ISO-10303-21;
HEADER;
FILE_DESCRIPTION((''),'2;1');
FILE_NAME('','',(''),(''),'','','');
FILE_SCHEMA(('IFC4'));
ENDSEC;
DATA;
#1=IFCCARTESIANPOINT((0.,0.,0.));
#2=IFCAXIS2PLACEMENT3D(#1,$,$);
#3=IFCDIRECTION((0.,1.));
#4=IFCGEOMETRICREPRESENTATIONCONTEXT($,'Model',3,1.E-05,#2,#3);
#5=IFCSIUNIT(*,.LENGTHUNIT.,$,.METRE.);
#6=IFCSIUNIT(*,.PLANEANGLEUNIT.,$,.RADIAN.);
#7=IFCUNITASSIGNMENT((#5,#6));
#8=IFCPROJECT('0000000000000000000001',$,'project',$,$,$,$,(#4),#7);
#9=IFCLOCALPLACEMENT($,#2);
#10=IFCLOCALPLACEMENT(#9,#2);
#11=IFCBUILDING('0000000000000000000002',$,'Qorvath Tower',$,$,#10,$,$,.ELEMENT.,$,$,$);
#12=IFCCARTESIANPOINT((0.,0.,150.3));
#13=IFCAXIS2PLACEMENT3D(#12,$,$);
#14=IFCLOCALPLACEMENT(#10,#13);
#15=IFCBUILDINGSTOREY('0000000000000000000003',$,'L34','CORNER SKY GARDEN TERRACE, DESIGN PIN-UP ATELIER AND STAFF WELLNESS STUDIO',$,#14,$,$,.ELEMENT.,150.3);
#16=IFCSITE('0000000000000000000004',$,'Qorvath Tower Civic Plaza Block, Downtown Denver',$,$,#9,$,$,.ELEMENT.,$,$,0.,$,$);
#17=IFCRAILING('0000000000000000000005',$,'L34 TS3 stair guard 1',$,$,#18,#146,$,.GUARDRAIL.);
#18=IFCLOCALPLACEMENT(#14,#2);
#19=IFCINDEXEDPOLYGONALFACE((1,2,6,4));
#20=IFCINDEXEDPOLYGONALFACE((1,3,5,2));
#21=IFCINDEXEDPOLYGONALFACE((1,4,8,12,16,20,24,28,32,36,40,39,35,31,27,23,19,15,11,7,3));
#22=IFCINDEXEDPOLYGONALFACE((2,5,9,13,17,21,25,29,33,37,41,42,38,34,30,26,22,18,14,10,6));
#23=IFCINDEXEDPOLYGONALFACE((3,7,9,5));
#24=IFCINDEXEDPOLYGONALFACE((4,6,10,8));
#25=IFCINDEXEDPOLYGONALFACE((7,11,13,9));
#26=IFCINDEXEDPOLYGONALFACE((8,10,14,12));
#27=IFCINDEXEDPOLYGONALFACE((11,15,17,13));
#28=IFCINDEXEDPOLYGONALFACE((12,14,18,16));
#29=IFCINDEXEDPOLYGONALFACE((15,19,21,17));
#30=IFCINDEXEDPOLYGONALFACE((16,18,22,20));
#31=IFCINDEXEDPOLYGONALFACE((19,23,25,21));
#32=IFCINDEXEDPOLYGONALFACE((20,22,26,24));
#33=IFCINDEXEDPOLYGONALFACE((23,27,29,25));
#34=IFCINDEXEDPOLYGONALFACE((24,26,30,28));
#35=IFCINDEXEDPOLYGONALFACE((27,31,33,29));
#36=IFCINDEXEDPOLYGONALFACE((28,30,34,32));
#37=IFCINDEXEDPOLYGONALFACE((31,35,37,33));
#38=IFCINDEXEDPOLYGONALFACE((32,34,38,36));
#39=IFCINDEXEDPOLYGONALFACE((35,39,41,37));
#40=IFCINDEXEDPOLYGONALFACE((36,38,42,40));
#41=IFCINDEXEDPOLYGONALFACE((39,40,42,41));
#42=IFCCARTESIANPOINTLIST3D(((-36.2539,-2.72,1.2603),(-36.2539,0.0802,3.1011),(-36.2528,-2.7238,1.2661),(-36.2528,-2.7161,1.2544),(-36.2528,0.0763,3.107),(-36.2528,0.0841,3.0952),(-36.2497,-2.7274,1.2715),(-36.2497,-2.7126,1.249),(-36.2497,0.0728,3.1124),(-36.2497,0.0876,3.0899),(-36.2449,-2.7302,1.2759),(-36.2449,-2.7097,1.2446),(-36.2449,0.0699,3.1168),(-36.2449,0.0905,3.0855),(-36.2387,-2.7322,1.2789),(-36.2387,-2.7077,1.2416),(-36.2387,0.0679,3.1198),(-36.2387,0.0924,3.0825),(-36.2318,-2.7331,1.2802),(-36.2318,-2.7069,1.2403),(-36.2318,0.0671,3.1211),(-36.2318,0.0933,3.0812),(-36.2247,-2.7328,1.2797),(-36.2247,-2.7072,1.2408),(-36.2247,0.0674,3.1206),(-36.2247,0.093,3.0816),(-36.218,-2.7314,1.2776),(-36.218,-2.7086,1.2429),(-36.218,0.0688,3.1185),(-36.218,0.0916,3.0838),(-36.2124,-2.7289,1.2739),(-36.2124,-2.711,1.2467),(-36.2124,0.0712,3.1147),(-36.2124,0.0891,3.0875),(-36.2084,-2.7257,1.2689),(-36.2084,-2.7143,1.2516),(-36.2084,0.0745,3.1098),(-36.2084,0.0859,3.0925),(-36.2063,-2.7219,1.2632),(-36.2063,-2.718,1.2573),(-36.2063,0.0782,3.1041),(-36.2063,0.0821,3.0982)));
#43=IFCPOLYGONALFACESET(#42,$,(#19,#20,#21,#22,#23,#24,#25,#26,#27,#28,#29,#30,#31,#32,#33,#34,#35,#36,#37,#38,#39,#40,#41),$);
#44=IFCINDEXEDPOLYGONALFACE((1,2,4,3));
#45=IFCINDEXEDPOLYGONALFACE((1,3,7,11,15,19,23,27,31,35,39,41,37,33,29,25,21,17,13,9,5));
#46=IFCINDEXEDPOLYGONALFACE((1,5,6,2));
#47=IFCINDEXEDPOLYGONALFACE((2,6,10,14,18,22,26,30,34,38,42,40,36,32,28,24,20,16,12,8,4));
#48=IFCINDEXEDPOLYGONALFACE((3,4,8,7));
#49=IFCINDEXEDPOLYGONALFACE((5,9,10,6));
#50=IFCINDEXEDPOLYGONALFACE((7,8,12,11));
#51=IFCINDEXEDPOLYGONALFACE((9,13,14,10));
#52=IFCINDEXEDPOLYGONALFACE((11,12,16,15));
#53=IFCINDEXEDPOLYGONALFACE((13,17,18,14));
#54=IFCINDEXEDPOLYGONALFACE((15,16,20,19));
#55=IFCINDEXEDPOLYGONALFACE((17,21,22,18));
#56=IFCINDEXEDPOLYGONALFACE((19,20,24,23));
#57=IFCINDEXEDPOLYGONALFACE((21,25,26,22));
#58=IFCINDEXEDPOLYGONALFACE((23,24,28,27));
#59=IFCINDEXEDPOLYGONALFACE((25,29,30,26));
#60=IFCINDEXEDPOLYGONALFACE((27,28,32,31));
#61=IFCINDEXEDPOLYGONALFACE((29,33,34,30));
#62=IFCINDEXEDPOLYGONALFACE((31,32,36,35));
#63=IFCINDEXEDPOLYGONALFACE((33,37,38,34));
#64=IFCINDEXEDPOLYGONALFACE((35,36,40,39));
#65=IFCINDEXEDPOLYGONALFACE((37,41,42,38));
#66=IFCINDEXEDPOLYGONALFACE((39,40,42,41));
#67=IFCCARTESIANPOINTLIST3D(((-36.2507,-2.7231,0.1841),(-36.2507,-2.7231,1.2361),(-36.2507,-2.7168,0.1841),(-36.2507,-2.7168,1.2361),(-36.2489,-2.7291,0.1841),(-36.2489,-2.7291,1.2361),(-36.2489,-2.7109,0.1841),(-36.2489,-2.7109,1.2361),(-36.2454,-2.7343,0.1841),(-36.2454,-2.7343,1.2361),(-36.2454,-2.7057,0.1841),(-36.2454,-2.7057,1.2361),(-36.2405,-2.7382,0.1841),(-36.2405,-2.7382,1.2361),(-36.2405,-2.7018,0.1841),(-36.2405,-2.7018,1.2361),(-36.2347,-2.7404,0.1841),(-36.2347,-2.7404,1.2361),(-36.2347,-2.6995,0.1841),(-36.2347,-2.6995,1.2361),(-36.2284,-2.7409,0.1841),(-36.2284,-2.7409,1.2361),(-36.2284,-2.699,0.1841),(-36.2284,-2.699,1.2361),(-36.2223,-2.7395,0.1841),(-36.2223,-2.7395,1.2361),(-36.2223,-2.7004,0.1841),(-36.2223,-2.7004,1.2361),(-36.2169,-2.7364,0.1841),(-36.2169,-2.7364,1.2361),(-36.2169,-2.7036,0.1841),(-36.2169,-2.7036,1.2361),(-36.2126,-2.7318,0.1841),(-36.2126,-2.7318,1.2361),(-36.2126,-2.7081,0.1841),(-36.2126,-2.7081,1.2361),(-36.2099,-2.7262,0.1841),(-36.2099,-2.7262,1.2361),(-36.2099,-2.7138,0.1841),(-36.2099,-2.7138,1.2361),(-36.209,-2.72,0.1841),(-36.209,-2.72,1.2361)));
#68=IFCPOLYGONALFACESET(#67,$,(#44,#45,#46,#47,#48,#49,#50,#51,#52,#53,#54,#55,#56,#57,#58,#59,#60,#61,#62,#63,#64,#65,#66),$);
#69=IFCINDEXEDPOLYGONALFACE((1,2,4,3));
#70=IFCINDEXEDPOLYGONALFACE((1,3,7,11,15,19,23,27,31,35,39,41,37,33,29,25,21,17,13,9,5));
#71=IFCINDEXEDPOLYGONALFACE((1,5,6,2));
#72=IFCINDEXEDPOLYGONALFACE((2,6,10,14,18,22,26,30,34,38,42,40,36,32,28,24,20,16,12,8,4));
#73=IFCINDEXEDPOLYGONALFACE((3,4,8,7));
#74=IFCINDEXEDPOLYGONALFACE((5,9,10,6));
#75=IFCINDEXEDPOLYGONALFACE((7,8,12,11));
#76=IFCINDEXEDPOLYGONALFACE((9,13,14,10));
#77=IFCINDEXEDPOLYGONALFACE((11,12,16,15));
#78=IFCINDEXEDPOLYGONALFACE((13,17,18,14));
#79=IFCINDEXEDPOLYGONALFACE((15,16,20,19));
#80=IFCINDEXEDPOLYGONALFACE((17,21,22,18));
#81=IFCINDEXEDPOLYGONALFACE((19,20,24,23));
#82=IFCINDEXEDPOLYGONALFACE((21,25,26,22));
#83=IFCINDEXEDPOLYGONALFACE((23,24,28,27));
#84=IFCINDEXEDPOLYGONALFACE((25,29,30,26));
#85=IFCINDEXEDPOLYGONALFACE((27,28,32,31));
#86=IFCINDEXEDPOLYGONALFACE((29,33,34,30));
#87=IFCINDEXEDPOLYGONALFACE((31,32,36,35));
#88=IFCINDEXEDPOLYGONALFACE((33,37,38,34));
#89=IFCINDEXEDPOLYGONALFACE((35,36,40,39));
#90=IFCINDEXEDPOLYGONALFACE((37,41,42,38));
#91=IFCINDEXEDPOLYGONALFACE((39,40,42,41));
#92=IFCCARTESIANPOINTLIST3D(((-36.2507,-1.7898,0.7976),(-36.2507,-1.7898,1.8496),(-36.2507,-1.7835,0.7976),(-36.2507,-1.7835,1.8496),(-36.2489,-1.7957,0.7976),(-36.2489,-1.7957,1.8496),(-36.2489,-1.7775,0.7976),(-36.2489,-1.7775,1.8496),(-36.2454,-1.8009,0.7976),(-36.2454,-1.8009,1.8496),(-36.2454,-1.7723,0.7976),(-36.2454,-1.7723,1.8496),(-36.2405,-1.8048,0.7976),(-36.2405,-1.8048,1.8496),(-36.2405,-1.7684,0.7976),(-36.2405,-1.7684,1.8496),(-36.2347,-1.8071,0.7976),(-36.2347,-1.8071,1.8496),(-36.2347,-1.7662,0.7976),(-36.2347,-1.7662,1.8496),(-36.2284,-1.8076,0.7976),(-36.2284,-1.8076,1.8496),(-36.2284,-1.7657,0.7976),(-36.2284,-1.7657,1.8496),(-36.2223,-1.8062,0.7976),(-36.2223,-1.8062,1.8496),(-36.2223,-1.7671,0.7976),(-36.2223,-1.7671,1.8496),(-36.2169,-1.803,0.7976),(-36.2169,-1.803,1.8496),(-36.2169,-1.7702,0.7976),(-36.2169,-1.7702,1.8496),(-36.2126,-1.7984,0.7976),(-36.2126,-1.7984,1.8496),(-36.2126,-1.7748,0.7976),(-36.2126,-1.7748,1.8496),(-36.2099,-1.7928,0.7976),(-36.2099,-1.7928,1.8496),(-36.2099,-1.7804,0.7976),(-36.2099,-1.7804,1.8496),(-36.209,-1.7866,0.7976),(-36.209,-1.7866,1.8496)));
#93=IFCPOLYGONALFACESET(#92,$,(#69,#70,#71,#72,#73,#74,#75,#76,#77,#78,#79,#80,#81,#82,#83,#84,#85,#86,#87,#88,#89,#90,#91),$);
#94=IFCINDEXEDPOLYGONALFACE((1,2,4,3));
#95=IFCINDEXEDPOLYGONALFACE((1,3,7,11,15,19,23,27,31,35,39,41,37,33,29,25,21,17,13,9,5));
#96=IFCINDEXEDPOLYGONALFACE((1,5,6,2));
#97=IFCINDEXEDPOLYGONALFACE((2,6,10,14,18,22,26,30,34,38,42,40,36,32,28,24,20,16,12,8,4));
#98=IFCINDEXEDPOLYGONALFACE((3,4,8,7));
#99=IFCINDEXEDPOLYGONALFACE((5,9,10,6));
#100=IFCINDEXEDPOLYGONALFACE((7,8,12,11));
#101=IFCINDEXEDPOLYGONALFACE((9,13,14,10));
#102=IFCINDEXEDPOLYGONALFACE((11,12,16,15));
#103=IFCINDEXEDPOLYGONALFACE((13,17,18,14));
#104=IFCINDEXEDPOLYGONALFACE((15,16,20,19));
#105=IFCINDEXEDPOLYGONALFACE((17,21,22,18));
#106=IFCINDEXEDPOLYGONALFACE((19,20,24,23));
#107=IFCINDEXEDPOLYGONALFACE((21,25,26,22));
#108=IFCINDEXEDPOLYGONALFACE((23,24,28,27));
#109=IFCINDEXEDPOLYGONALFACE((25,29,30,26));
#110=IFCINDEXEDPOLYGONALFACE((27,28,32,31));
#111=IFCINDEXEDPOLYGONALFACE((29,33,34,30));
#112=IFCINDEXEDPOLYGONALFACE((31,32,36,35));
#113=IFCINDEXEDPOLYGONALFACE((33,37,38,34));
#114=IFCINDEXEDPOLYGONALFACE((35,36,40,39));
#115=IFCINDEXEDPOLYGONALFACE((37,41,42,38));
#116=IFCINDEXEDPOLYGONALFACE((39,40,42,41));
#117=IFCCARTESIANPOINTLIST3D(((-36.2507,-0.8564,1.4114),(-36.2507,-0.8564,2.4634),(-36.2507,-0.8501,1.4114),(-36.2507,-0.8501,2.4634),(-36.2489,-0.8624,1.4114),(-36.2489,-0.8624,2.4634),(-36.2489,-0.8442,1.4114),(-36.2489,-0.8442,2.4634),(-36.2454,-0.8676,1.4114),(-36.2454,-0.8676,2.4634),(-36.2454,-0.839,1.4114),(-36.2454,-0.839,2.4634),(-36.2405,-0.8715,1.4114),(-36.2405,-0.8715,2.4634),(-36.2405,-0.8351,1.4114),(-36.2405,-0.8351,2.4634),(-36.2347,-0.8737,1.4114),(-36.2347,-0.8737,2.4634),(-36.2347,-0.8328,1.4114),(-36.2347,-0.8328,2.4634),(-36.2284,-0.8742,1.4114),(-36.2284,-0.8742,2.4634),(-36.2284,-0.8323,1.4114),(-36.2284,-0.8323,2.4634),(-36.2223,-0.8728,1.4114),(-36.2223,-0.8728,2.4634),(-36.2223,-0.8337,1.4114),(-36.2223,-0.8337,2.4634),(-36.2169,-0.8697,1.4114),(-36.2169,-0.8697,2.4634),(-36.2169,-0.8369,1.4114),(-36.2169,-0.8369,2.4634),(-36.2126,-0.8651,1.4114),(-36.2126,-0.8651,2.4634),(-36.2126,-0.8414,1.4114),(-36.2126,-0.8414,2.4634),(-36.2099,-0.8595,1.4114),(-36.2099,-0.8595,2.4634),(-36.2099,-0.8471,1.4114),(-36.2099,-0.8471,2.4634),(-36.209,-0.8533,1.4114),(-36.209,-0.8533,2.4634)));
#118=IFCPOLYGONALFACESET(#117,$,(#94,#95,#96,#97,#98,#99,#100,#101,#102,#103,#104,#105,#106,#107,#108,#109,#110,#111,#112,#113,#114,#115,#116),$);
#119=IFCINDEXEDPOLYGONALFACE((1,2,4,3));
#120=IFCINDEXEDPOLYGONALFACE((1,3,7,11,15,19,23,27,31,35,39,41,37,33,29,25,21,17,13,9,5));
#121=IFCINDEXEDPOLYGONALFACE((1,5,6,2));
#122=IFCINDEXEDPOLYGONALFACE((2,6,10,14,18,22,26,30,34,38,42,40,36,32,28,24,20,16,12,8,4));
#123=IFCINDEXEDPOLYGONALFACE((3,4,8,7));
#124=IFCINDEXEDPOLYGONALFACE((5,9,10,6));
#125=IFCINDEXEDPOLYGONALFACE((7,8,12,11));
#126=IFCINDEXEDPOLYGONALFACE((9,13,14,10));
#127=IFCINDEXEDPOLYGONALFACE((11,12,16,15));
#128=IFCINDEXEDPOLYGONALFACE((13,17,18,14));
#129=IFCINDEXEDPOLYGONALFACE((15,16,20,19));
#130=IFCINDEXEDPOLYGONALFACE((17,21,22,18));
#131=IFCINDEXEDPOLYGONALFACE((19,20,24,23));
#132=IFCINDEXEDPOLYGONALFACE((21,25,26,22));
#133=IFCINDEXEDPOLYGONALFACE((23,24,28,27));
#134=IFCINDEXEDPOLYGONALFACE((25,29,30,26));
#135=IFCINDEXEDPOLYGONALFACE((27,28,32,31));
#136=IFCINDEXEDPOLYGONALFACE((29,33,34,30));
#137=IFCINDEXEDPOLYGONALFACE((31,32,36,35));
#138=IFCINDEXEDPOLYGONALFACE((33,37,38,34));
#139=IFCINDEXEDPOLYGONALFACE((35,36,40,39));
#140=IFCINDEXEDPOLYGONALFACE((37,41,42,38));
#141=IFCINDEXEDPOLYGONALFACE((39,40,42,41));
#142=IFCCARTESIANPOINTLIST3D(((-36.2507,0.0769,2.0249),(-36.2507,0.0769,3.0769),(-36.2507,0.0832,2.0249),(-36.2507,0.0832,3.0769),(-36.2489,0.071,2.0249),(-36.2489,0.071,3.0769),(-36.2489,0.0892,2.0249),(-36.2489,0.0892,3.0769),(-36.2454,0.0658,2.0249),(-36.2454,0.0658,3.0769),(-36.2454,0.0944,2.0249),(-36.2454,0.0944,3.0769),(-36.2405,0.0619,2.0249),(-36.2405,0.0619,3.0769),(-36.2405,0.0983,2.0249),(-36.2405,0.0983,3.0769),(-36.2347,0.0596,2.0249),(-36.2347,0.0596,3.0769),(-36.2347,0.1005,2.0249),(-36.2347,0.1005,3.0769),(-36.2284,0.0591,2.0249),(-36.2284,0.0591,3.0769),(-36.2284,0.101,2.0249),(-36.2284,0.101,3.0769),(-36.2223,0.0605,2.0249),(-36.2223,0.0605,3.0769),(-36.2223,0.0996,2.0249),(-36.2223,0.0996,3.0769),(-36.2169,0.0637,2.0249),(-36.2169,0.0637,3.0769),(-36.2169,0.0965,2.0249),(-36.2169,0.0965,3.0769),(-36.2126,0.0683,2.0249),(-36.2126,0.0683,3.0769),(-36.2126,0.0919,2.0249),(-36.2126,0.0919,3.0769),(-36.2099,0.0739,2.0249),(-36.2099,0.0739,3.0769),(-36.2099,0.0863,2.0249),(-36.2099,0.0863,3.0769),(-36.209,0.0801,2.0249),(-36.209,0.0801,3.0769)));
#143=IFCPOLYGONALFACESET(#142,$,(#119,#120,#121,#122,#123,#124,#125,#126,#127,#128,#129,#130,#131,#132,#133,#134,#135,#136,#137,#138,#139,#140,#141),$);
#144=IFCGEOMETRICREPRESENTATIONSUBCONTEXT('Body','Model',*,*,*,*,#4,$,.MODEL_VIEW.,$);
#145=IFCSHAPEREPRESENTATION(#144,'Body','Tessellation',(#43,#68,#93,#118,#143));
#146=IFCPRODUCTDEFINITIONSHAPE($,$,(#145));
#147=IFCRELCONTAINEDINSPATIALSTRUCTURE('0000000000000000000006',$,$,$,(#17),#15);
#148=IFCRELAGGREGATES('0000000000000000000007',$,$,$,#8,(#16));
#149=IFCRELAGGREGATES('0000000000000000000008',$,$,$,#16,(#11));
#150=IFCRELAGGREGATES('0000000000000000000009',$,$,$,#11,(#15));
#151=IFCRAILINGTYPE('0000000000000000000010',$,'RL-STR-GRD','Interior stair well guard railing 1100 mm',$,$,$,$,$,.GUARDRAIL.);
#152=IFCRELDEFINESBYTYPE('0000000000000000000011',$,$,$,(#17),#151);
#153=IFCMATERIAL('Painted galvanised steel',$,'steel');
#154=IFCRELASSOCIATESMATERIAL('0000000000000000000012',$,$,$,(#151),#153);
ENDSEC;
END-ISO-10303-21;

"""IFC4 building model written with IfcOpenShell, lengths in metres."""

from ifc_helpers import new_model, si_unit, direction, frame, origin, origin_2d, place, context, subcontext, project, spatial, circle, extrude, material, type_object, element, save


model = new_model("IFC4")

# Units and contexts
model_context = context("Model", 3, precision=1e-05, world=origin(), true_north=direction((0.0, 1.0)))
body_context = subcontext(model_context, "Body", "Model", "MODEL_VIEW")
ifc_project = project(units=[si_unit("LENGTHUNIT", "METRE"), si_unit("PLANEANGLEUNIT", "RADIAN")], contexts=[model_context])

# Site, building, storey
site_placement = place(None, origin())
site = spatial("IfcSite", under=ifc_project, at=site_placement, Name="Qorvath Tower Civic Plaza Block, Downtown Denver", CompositionType="ELEMENT", RefElevation=0.0)
building_placement = place(site_placement, origin())
building = spatial("IfcBuilding", under=site, at=building_placement, Name="Qorvath Tower", CompositionType="ELEMENT")
storey_placement = place(building_placement, frame((0.0, 0.0, 150.3)))
storey = spatial("IfcBuildingStorey", under=building, at=storey_placement, Name="L34", Description="CORNER SKY GARDEN TERRACE, DESIGN PIN-UP ATELIER AND STAFF WELLNESS STUDIO", CompositionType="ELEMENT", Elevation=150.3)

# Railing
ifc_material_1 = material(Name="Painted galvanised steel", Category="steel")
railing_type_1 = type_object("IfcRailingType", Name="RL-STR-GRD", Description="Interior stair well guard railing 1100 mm", PredefinedType="GUARDRAIL", material=ifc_material_1)
railing_1_placement = place(storey_placement, frame((-36.23, -2.72, 0.1841)))
element("IfcRailing", 1, at=railing_1_placement, inside=storey, type_object=railing_type_1, Name="L34 TS3 stair guard 1", PredefinedType="GUARDRAIL", context=body_context, shape_type="SweptSolid", body=[
    extrude(circle(Radius=0.0239, at=origin_2d()), frame((0.0, 0.0, 1.0762), z_axis=(0.0, 0.835598, 0.549342), x_axis=(-1.0, 0.0, 0.0)), (0.0, 0.0, 1.0), 3.3511),
    extrude(circle(Radius=0.021, at=origin_2d()), origin(), (0.0, 0.0, 1.0), 1.052),
    extrude(circle(Radius=0.021, at=origin_2d()), frame((0.0, 0.9333, 0.6135)), (0.0, 0.0, 1.0), 1.052),
    extrude(circle(Radius=0.021, at=origin_2d()), frame((0.0, 1.8667, 1.2273)), (0.0, 0.0, 1.0), 1.052),
    extrude(circle(Radius=0.021, at=origin_2d()), frame((0.0, 2.8, 1.8408)), (0.0, 0.0, 1.0), 1.052),
])

save(model, "model.ifc")
